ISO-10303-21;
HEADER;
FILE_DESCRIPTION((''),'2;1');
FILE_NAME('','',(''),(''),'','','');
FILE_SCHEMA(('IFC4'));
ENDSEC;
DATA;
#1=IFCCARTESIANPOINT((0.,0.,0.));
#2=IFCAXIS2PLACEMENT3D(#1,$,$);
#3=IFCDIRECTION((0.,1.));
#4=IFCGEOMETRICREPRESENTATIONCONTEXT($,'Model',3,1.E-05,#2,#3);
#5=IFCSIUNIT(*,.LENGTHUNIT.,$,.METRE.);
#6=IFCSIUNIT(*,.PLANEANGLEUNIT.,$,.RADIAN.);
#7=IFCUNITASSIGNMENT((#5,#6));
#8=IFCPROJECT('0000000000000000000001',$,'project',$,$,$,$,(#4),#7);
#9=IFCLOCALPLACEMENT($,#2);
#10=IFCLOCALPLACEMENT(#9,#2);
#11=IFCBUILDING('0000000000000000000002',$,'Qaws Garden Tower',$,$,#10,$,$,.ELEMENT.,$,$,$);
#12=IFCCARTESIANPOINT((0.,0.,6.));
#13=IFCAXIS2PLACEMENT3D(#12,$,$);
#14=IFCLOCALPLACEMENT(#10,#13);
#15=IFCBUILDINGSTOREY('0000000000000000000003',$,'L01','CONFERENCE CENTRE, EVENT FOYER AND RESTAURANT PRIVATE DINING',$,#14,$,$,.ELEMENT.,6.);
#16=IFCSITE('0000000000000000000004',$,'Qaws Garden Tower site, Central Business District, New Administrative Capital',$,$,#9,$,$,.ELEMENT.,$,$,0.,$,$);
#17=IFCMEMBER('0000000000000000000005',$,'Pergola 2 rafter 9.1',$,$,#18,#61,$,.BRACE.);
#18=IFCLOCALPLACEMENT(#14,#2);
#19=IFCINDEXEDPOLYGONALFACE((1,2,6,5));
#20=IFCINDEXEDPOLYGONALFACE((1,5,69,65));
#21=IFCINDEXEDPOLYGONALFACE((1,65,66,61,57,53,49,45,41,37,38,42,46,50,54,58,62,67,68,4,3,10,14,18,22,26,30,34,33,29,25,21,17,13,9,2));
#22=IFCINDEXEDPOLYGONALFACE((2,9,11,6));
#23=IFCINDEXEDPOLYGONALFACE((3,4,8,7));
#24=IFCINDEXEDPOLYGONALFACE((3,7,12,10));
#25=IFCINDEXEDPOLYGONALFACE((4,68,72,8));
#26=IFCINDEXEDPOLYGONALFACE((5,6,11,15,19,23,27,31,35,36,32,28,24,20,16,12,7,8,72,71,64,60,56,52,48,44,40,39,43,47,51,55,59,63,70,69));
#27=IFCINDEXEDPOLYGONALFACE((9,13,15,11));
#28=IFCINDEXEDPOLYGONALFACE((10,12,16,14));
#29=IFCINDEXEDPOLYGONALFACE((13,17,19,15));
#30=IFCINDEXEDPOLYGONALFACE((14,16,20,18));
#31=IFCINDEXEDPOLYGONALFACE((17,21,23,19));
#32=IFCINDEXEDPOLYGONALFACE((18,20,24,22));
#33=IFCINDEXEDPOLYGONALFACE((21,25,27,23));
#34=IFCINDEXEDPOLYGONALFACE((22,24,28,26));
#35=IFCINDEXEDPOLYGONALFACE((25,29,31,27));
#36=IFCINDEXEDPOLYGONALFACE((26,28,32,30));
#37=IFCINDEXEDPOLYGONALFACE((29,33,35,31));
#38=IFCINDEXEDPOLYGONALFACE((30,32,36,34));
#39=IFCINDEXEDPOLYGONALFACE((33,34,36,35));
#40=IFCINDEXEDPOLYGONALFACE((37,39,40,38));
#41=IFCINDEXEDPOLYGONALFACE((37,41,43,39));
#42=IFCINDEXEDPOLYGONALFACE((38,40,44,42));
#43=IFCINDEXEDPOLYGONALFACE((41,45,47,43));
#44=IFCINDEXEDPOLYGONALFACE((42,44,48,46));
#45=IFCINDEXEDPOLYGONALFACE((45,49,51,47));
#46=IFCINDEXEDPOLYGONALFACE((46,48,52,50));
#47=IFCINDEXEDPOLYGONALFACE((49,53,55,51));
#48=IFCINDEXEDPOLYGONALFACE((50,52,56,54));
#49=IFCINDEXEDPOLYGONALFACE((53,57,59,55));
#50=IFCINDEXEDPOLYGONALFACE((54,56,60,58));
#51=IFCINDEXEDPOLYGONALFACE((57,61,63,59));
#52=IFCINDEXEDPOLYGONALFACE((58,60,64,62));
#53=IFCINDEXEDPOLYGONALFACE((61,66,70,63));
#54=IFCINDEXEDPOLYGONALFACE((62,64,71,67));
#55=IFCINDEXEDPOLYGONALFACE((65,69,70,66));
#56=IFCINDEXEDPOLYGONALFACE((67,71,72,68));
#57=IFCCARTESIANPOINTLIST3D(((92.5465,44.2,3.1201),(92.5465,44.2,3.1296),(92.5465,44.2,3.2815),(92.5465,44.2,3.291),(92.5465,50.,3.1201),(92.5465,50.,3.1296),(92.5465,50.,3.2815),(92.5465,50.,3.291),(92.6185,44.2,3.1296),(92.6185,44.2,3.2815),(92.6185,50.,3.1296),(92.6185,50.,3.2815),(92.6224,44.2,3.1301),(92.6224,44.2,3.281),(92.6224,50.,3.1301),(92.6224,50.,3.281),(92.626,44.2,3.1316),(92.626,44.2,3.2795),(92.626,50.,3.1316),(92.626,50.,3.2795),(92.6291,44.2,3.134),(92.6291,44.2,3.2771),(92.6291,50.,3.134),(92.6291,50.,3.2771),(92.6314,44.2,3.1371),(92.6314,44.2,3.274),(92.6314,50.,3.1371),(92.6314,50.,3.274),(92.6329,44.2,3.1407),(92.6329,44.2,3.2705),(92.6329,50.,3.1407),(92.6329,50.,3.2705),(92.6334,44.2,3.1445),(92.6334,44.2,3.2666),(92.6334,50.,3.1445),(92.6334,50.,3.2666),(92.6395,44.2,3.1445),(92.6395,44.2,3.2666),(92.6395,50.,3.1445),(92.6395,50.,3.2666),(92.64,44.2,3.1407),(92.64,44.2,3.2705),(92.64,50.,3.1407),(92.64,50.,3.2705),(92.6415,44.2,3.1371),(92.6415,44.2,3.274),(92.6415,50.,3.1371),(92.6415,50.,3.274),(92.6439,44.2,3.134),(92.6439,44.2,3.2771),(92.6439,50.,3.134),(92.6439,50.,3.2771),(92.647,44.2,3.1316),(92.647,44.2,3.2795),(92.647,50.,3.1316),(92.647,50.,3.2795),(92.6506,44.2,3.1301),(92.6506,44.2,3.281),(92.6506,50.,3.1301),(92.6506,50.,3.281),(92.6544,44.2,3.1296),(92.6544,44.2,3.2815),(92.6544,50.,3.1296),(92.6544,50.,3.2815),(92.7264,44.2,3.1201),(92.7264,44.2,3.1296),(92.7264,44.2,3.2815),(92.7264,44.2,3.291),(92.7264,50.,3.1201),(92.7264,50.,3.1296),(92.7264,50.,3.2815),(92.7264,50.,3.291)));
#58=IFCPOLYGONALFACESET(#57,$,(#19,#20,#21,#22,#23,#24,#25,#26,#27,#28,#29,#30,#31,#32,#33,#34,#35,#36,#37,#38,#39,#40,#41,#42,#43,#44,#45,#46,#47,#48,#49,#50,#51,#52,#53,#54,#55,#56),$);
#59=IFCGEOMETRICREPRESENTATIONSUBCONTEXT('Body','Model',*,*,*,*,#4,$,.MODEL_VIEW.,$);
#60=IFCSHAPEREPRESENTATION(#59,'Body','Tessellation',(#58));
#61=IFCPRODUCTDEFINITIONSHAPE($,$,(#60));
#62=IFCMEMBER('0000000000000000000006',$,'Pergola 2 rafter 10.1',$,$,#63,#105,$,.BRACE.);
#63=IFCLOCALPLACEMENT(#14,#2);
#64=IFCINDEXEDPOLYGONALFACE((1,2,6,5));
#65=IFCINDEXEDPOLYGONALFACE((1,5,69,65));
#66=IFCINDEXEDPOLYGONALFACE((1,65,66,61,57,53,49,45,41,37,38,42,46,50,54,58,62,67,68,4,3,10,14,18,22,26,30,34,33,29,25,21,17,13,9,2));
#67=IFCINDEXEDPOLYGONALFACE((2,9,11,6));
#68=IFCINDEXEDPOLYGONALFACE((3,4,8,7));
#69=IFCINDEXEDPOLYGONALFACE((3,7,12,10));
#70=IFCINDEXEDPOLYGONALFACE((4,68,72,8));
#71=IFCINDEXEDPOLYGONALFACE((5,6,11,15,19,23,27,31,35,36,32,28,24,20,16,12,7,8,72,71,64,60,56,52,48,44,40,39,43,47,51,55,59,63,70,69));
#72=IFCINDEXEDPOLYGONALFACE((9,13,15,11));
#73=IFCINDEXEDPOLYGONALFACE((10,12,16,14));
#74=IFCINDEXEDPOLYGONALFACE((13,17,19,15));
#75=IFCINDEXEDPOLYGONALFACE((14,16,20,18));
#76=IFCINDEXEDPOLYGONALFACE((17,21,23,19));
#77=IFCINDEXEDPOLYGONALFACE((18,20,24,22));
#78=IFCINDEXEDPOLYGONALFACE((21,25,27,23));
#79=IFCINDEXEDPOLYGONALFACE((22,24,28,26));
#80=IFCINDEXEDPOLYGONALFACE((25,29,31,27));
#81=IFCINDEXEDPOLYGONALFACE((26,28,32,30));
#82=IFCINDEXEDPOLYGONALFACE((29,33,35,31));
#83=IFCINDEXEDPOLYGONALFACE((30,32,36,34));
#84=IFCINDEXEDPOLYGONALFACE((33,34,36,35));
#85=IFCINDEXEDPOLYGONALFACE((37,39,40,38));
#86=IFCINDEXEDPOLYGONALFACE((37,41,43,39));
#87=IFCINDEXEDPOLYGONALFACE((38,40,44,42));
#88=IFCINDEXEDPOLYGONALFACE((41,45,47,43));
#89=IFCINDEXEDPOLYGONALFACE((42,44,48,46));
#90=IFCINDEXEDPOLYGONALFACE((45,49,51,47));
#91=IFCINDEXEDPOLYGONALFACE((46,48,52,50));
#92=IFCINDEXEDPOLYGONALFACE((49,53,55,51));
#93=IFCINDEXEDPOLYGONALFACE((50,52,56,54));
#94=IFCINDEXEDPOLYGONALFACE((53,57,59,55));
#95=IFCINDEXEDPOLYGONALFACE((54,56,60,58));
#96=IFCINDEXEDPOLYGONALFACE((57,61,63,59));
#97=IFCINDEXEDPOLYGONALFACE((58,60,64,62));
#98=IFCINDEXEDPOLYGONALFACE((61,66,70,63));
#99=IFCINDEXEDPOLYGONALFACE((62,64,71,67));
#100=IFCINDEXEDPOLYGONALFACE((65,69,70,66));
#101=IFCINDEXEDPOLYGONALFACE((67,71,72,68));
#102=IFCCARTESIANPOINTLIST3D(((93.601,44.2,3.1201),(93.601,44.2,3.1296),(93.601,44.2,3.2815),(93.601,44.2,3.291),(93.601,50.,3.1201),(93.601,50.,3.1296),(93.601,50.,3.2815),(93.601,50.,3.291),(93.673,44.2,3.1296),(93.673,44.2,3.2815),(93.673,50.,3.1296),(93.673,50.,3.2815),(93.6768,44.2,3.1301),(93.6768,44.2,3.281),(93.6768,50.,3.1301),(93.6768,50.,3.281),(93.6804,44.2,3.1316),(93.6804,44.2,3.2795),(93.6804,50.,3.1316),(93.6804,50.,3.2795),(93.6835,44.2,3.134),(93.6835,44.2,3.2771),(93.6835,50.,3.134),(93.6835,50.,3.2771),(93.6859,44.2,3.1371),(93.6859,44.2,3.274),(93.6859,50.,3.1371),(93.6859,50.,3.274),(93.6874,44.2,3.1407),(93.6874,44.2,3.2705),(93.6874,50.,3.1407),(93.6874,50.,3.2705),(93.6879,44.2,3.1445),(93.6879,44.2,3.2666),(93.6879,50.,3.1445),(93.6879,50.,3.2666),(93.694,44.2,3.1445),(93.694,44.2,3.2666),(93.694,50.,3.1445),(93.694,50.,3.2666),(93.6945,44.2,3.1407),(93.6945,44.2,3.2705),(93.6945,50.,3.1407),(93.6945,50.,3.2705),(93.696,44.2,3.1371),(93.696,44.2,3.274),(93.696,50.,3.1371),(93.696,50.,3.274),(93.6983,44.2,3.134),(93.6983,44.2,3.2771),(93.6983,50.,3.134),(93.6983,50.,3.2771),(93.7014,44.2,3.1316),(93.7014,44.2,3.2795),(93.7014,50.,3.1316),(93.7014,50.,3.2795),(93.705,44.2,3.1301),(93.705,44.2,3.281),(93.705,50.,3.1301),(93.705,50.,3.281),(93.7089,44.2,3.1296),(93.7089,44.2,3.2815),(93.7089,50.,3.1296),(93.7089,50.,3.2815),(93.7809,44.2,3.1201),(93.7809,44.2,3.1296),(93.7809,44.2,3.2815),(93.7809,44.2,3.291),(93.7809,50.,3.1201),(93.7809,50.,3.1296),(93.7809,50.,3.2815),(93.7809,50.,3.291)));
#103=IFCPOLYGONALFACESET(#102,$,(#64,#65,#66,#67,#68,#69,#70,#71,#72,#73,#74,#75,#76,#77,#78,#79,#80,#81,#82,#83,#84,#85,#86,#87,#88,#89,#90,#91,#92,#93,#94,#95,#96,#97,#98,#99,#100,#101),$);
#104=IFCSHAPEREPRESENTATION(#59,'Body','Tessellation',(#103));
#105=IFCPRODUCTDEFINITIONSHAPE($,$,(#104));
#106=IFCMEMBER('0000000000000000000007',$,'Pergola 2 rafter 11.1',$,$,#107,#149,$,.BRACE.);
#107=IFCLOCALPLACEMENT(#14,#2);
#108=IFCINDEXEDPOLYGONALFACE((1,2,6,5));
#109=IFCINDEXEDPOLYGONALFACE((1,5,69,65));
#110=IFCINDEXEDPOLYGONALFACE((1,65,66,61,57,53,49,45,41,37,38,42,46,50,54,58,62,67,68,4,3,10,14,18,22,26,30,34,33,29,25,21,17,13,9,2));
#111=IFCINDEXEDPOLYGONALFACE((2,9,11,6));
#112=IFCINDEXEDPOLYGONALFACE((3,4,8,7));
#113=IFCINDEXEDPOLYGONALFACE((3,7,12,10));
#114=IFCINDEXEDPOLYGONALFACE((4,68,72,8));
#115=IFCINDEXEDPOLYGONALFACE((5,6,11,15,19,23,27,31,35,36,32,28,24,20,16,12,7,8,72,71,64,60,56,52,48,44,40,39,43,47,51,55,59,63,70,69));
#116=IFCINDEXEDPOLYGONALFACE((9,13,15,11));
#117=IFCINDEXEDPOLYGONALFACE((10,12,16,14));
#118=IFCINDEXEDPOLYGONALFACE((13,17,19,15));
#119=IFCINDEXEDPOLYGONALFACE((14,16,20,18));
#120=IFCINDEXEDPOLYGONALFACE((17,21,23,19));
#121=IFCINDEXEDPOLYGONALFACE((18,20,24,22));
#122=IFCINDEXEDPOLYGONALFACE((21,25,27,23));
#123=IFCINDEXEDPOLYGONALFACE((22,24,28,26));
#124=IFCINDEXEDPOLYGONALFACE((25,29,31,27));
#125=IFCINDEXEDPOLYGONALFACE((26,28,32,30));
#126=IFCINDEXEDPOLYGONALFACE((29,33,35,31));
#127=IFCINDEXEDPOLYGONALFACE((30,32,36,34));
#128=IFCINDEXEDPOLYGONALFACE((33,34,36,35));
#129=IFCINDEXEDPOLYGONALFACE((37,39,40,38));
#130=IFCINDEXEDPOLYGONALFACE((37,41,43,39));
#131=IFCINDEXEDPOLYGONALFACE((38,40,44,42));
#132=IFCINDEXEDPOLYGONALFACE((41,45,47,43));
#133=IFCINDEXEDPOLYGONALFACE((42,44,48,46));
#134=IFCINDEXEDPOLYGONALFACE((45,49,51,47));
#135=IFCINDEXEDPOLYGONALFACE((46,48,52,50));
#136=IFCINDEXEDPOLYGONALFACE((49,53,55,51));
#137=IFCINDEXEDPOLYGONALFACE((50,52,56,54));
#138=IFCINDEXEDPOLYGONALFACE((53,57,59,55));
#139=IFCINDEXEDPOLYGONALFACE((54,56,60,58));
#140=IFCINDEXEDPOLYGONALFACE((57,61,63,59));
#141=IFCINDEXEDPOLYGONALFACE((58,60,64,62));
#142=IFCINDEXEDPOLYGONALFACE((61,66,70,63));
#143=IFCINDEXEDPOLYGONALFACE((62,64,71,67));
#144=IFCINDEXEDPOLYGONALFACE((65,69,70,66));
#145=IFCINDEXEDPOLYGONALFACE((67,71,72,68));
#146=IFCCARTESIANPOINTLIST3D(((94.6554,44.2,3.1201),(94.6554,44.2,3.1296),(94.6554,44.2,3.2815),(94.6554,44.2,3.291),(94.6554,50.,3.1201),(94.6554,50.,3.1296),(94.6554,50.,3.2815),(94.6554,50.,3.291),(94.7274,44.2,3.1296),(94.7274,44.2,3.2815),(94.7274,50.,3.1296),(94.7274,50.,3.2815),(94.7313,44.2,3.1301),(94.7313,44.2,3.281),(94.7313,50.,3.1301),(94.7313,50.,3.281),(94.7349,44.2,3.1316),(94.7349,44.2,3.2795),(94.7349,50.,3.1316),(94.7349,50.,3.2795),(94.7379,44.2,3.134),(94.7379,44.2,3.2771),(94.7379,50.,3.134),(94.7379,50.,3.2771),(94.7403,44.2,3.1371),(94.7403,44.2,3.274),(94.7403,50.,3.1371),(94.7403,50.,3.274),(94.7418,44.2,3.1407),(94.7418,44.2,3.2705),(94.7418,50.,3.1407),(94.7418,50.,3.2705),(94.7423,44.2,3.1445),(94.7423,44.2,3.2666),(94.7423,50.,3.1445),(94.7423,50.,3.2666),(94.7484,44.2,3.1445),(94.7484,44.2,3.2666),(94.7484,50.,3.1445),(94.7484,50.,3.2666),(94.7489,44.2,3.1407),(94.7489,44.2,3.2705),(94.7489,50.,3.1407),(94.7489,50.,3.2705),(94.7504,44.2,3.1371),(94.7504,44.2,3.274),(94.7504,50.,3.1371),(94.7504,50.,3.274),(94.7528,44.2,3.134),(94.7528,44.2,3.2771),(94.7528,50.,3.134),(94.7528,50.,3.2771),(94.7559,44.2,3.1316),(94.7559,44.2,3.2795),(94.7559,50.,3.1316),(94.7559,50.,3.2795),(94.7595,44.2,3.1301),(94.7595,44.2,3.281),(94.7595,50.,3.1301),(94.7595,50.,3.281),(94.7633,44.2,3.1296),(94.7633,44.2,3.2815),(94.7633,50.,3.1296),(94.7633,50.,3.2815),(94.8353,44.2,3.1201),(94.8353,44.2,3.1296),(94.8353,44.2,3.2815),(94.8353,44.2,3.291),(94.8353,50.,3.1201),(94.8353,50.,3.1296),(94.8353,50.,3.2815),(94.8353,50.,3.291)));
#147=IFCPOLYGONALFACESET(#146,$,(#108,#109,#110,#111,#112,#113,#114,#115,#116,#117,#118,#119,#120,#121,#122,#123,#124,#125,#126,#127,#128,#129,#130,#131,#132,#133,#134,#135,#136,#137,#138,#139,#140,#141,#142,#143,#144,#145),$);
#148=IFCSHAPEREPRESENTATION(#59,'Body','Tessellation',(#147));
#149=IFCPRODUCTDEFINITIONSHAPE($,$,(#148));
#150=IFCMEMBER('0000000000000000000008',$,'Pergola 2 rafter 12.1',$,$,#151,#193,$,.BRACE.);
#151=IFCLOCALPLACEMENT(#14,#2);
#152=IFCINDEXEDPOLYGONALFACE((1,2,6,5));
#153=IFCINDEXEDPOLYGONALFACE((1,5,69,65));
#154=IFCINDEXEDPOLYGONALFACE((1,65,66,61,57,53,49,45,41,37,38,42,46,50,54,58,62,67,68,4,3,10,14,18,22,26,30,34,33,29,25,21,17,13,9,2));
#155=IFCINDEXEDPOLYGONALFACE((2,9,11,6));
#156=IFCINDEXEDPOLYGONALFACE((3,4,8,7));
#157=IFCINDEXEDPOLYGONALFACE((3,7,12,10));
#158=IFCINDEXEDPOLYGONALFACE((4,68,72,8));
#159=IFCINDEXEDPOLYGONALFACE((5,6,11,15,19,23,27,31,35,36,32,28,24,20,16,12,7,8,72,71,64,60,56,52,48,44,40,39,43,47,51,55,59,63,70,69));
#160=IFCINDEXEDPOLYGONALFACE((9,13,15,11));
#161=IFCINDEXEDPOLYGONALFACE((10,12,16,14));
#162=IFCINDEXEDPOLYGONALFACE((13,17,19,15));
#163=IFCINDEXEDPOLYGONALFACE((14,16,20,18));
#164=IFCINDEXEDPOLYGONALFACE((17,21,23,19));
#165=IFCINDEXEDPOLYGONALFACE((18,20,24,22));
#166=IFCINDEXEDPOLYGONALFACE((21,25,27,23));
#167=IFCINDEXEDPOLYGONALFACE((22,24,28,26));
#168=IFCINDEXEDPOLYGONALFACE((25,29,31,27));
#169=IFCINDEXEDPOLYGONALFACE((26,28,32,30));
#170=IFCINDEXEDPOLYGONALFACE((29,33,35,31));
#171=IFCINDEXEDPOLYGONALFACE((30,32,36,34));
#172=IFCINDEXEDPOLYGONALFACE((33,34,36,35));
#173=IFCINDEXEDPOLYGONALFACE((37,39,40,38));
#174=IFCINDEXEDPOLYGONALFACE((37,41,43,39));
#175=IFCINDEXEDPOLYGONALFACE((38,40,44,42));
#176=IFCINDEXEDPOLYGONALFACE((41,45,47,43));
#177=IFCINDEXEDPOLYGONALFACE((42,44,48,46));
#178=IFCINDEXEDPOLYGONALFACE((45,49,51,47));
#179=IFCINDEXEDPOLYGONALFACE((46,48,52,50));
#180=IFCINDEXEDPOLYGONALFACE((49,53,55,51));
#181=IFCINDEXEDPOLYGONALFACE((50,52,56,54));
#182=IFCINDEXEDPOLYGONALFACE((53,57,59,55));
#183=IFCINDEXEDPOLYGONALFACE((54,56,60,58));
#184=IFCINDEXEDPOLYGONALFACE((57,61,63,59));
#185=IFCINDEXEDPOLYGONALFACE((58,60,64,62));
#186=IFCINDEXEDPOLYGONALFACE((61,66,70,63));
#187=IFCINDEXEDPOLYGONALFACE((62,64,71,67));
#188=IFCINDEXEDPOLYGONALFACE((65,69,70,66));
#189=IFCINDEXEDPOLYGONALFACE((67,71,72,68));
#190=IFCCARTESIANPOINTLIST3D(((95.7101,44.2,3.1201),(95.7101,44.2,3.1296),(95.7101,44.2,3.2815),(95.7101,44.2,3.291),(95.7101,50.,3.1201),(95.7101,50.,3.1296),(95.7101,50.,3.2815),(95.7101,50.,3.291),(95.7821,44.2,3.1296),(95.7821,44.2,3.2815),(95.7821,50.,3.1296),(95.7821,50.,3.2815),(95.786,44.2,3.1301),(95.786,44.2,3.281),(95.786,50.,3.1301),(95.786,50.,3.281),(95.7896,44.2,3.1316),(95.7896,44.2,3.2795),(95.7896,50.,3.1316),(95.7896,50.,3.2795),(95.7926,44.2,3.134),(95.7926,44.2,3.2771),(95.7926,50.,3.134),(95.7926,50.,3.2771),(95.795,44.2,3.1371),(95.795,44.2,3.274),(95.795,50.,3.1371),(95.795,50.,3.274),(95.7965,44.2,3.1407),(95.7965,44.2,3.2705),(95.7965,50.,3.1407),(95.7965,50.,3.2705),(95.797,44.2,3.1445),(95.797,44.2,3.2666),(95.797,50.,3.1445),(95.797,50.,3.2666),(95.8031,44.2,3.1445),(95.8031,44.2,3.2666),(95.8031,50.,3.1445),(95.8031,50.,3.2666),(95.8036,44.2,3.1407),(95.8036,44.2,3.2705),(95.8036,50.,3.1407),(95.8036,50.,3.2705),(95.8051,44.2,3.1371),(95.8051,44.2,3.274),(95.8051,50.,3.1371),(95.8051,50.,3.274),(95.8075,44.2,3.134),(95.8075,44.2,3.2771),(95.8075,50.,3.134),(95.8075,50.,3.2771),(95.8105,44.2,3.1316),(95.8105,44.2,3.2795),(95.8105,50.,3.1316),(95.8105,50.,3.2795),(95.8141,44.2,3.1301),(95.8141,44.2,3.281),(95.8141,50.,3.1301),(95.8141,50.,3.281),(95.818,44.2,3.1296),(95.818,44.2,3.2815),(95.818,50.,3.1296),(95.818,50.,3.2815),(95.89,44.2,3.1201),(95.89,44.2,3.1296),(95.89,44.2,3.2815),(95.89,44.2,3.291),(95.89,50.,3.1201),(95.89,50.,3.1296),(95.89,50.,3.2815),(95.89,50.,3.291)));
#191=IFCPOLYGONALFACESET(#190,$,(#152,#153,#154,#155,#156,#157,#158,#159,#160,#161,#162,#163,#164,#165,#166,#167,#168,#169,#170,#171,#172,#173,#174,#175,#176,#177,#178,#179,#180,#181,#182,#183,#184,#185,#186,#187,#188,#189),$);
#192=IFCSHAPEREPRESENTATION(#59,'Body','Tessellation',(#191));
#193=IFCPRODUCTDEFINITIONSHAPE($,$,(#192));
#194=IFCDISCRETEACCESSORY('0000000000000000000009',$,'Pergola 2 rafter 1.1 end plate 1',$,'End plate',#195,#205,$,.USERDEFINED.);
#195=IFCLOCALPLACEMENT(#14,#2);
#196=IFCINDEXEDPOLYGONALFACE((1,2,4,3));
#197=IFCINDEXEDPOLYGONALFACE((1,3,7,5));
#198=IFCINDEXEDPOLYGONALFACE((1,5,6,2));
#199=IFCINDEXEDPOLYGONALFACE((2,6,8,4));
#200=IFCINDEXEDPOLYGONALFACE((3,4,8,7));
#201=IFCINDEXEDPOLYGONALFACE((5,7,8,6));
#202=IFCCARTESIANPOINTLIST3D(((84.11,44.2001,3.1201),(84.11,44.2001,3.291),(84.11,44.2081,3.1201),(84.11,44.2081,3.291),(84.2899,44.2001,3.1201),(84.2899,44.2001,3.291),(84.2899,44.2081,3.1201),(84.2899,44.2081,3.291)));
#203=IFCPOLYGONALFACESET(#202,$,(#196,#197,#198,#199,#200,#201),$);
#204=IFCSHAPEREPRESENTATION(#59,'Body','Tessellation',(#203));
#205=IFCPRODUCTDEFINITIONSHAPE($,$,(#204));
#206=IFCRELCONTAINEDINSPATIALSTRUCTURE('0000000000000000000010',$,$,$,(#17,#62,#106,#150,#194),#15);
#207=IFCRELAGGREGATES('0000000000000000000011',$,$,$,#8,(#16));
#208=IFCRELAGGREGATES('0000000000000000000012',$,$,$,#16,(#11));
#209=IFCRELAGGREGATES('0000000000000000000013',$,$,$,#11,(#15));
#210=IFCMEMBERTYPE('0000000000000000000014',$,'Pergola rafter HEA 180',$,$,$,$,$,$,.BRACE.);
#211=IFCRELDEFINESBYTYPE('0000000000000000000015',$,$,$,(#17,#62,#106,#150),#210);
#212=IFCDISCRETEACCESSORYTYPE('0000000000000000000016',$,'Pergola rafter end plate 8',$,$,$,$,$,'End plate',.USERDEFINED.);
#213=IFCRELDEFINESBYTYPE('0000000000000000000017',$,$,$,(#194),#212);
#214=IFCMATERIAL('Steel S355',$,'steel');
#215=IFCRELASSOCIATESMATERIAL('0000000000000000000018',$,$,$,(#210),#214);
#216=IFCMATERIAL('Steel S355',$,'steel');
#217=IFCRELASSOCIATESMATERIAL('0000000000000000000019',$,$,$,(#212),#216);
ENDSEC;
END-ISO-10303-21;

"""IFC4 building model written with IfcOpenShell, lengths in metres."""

from ifc_helpers import new_model, si_unit, direction, frame, origin, origin_2d, place, context, subcontext, project, spatial, rectangle, i_section, extrude, material, material_profile, profile_set, type_object, element, save


model = new_model("IFC4")

# Units and contexts
model_context = context("Model", 3, precision=1e-05, world=origin(), true_north=direction((0.0, 1.0)))
body_context = subcontext(model_context, "Body", "Model", "MODEL_VIEW")
ifc_project = project(units=[si_unit("LENGTHUNIT", "METRE"), si_unit("PLANEANGLEUNIT", "RADIAN")], contexts=[model_context])

# Site, building, storey
site_placement = place(None, origin())
site = spatial("IfcSite", under=ifc_project, at=site_placement, Name="Qaws Garden Tower site, Central Business District, New Administrative Capital", CompositionType="ELEMENT", RefElevation=0.0)
building_placement = place(site_placement, origin())
building = spatial("IfcBuilding", under=site, at=building_placement, Name="Qaws Garden Tower", CompositionType="ELEMENT")
storey_placement = place(building_placement, frame((0.0, 0.0, 6.0)))
storey = spatial("IfcBuildingStorey", under=building, at=storey_placement, Name="L01", Description="CONFERENCE CENTRE, EVENT FOYER AND RESTAURANT PRIVATE DINING", CompositionType="ELEMENT", Elevation=6.0)

# Members
ifc_material_1 = material(Name="Steel S355", Category="steel")
ifc_material_profile_1 = material_profile(ifc_material_1, i_section(OverallWidth=0.1799, OverallDepth=0.1709, WebThickness=0.0061, FlangeThickness=0.0095, FilletRadius=0.0149, at=origin_2d()), Name="HEA 180")
ifc_profile_set_1 = profile_set([ifc_material_profile_1], Name="Steel S355")
member_type = type_object("IfcMemberType", Name="Pergola rafter HEA 180", PredefinedType="BRACE", material=ifc_profile_set_1)
for number, where, z_axis, x_axis, name in (
    (1, (92.6365, 44.2, 3.2056), (0.0, 1.0, 0.0), (-1.0, 0.0, 0.0), "Pergola 2 rafter 9.1"),
    (2, (93.6909, 44.2, 3.2056), (0.0, 1.0, 0.0), (-1.0, 0.0, 0.0), "Pergola 2 rafter 10.1"),
    (3, (94.7454, 44.2, 3.2056), (0.0, 1.0, 0.0), (-1.0, 0.0, 0.0), "Pergola 2 rafter 11.1"),
    (4, (95.8, 44.2, 3.2056), (0.0, 1.0, 0.0), (-1.0, 0.0, 0.0), "Pergola 2 rafter 12.1"),
):
    element("IfcMember", number, at=place(storey_placement, frame(where, z_axis=z_axis, x_axis=x_axis)), inside=storey, type_object=member_type, Name=name, PredefinedType="BRACE", context=body_context, shape_type="SweptSolid", body=[
        extrude(i_section(OverallWidth=0.1799, OverallDepth=0.1709, WebThickness=0.0061, FlangeThickness=0.0095, FilletRadius=0.0149, at=origin_2d()), origin(), (0.0, 0.0, 1.0), 5.8),
    ])

# Discrete accessory
ifc_material_2 = material(Name="Steel S355", Category="steel")
discrete_accessory_type = type_object("IfcDiscreteAccessoryType", Name="Pergola rafter end plate 8", ElementType="End plate", PredefinedType="USERDEFINED", material=ifc_material_2)
for number, where, z_axis, x_axis, name in (
    (5, (84.2, 44.2041, 3.1201), (0.0, 0.0, 1.0), (1.0, 0.0, 0.0), "Pergola 2 rafter 1.1 end plate 1"),
):
    element("IfcDiscreteAccessory", number, at=place(storey_placement, frame(where, z_axis=z_axis, x_axis=x_axis)), inside=storey, type_object=discrete_accessory_type, Name=name, ObjectType="End plate", PredefinedType="USERDEFINED", context=body_context, shape_type="SweptSolid", body=[
        extrude(rectangle(XDim=0.1799, YDim=0.0081, at=origin_2d()), origin(), (0.0, 0.0, 1.0), 0.1709),
    ])

save(model, "model.ifc")
